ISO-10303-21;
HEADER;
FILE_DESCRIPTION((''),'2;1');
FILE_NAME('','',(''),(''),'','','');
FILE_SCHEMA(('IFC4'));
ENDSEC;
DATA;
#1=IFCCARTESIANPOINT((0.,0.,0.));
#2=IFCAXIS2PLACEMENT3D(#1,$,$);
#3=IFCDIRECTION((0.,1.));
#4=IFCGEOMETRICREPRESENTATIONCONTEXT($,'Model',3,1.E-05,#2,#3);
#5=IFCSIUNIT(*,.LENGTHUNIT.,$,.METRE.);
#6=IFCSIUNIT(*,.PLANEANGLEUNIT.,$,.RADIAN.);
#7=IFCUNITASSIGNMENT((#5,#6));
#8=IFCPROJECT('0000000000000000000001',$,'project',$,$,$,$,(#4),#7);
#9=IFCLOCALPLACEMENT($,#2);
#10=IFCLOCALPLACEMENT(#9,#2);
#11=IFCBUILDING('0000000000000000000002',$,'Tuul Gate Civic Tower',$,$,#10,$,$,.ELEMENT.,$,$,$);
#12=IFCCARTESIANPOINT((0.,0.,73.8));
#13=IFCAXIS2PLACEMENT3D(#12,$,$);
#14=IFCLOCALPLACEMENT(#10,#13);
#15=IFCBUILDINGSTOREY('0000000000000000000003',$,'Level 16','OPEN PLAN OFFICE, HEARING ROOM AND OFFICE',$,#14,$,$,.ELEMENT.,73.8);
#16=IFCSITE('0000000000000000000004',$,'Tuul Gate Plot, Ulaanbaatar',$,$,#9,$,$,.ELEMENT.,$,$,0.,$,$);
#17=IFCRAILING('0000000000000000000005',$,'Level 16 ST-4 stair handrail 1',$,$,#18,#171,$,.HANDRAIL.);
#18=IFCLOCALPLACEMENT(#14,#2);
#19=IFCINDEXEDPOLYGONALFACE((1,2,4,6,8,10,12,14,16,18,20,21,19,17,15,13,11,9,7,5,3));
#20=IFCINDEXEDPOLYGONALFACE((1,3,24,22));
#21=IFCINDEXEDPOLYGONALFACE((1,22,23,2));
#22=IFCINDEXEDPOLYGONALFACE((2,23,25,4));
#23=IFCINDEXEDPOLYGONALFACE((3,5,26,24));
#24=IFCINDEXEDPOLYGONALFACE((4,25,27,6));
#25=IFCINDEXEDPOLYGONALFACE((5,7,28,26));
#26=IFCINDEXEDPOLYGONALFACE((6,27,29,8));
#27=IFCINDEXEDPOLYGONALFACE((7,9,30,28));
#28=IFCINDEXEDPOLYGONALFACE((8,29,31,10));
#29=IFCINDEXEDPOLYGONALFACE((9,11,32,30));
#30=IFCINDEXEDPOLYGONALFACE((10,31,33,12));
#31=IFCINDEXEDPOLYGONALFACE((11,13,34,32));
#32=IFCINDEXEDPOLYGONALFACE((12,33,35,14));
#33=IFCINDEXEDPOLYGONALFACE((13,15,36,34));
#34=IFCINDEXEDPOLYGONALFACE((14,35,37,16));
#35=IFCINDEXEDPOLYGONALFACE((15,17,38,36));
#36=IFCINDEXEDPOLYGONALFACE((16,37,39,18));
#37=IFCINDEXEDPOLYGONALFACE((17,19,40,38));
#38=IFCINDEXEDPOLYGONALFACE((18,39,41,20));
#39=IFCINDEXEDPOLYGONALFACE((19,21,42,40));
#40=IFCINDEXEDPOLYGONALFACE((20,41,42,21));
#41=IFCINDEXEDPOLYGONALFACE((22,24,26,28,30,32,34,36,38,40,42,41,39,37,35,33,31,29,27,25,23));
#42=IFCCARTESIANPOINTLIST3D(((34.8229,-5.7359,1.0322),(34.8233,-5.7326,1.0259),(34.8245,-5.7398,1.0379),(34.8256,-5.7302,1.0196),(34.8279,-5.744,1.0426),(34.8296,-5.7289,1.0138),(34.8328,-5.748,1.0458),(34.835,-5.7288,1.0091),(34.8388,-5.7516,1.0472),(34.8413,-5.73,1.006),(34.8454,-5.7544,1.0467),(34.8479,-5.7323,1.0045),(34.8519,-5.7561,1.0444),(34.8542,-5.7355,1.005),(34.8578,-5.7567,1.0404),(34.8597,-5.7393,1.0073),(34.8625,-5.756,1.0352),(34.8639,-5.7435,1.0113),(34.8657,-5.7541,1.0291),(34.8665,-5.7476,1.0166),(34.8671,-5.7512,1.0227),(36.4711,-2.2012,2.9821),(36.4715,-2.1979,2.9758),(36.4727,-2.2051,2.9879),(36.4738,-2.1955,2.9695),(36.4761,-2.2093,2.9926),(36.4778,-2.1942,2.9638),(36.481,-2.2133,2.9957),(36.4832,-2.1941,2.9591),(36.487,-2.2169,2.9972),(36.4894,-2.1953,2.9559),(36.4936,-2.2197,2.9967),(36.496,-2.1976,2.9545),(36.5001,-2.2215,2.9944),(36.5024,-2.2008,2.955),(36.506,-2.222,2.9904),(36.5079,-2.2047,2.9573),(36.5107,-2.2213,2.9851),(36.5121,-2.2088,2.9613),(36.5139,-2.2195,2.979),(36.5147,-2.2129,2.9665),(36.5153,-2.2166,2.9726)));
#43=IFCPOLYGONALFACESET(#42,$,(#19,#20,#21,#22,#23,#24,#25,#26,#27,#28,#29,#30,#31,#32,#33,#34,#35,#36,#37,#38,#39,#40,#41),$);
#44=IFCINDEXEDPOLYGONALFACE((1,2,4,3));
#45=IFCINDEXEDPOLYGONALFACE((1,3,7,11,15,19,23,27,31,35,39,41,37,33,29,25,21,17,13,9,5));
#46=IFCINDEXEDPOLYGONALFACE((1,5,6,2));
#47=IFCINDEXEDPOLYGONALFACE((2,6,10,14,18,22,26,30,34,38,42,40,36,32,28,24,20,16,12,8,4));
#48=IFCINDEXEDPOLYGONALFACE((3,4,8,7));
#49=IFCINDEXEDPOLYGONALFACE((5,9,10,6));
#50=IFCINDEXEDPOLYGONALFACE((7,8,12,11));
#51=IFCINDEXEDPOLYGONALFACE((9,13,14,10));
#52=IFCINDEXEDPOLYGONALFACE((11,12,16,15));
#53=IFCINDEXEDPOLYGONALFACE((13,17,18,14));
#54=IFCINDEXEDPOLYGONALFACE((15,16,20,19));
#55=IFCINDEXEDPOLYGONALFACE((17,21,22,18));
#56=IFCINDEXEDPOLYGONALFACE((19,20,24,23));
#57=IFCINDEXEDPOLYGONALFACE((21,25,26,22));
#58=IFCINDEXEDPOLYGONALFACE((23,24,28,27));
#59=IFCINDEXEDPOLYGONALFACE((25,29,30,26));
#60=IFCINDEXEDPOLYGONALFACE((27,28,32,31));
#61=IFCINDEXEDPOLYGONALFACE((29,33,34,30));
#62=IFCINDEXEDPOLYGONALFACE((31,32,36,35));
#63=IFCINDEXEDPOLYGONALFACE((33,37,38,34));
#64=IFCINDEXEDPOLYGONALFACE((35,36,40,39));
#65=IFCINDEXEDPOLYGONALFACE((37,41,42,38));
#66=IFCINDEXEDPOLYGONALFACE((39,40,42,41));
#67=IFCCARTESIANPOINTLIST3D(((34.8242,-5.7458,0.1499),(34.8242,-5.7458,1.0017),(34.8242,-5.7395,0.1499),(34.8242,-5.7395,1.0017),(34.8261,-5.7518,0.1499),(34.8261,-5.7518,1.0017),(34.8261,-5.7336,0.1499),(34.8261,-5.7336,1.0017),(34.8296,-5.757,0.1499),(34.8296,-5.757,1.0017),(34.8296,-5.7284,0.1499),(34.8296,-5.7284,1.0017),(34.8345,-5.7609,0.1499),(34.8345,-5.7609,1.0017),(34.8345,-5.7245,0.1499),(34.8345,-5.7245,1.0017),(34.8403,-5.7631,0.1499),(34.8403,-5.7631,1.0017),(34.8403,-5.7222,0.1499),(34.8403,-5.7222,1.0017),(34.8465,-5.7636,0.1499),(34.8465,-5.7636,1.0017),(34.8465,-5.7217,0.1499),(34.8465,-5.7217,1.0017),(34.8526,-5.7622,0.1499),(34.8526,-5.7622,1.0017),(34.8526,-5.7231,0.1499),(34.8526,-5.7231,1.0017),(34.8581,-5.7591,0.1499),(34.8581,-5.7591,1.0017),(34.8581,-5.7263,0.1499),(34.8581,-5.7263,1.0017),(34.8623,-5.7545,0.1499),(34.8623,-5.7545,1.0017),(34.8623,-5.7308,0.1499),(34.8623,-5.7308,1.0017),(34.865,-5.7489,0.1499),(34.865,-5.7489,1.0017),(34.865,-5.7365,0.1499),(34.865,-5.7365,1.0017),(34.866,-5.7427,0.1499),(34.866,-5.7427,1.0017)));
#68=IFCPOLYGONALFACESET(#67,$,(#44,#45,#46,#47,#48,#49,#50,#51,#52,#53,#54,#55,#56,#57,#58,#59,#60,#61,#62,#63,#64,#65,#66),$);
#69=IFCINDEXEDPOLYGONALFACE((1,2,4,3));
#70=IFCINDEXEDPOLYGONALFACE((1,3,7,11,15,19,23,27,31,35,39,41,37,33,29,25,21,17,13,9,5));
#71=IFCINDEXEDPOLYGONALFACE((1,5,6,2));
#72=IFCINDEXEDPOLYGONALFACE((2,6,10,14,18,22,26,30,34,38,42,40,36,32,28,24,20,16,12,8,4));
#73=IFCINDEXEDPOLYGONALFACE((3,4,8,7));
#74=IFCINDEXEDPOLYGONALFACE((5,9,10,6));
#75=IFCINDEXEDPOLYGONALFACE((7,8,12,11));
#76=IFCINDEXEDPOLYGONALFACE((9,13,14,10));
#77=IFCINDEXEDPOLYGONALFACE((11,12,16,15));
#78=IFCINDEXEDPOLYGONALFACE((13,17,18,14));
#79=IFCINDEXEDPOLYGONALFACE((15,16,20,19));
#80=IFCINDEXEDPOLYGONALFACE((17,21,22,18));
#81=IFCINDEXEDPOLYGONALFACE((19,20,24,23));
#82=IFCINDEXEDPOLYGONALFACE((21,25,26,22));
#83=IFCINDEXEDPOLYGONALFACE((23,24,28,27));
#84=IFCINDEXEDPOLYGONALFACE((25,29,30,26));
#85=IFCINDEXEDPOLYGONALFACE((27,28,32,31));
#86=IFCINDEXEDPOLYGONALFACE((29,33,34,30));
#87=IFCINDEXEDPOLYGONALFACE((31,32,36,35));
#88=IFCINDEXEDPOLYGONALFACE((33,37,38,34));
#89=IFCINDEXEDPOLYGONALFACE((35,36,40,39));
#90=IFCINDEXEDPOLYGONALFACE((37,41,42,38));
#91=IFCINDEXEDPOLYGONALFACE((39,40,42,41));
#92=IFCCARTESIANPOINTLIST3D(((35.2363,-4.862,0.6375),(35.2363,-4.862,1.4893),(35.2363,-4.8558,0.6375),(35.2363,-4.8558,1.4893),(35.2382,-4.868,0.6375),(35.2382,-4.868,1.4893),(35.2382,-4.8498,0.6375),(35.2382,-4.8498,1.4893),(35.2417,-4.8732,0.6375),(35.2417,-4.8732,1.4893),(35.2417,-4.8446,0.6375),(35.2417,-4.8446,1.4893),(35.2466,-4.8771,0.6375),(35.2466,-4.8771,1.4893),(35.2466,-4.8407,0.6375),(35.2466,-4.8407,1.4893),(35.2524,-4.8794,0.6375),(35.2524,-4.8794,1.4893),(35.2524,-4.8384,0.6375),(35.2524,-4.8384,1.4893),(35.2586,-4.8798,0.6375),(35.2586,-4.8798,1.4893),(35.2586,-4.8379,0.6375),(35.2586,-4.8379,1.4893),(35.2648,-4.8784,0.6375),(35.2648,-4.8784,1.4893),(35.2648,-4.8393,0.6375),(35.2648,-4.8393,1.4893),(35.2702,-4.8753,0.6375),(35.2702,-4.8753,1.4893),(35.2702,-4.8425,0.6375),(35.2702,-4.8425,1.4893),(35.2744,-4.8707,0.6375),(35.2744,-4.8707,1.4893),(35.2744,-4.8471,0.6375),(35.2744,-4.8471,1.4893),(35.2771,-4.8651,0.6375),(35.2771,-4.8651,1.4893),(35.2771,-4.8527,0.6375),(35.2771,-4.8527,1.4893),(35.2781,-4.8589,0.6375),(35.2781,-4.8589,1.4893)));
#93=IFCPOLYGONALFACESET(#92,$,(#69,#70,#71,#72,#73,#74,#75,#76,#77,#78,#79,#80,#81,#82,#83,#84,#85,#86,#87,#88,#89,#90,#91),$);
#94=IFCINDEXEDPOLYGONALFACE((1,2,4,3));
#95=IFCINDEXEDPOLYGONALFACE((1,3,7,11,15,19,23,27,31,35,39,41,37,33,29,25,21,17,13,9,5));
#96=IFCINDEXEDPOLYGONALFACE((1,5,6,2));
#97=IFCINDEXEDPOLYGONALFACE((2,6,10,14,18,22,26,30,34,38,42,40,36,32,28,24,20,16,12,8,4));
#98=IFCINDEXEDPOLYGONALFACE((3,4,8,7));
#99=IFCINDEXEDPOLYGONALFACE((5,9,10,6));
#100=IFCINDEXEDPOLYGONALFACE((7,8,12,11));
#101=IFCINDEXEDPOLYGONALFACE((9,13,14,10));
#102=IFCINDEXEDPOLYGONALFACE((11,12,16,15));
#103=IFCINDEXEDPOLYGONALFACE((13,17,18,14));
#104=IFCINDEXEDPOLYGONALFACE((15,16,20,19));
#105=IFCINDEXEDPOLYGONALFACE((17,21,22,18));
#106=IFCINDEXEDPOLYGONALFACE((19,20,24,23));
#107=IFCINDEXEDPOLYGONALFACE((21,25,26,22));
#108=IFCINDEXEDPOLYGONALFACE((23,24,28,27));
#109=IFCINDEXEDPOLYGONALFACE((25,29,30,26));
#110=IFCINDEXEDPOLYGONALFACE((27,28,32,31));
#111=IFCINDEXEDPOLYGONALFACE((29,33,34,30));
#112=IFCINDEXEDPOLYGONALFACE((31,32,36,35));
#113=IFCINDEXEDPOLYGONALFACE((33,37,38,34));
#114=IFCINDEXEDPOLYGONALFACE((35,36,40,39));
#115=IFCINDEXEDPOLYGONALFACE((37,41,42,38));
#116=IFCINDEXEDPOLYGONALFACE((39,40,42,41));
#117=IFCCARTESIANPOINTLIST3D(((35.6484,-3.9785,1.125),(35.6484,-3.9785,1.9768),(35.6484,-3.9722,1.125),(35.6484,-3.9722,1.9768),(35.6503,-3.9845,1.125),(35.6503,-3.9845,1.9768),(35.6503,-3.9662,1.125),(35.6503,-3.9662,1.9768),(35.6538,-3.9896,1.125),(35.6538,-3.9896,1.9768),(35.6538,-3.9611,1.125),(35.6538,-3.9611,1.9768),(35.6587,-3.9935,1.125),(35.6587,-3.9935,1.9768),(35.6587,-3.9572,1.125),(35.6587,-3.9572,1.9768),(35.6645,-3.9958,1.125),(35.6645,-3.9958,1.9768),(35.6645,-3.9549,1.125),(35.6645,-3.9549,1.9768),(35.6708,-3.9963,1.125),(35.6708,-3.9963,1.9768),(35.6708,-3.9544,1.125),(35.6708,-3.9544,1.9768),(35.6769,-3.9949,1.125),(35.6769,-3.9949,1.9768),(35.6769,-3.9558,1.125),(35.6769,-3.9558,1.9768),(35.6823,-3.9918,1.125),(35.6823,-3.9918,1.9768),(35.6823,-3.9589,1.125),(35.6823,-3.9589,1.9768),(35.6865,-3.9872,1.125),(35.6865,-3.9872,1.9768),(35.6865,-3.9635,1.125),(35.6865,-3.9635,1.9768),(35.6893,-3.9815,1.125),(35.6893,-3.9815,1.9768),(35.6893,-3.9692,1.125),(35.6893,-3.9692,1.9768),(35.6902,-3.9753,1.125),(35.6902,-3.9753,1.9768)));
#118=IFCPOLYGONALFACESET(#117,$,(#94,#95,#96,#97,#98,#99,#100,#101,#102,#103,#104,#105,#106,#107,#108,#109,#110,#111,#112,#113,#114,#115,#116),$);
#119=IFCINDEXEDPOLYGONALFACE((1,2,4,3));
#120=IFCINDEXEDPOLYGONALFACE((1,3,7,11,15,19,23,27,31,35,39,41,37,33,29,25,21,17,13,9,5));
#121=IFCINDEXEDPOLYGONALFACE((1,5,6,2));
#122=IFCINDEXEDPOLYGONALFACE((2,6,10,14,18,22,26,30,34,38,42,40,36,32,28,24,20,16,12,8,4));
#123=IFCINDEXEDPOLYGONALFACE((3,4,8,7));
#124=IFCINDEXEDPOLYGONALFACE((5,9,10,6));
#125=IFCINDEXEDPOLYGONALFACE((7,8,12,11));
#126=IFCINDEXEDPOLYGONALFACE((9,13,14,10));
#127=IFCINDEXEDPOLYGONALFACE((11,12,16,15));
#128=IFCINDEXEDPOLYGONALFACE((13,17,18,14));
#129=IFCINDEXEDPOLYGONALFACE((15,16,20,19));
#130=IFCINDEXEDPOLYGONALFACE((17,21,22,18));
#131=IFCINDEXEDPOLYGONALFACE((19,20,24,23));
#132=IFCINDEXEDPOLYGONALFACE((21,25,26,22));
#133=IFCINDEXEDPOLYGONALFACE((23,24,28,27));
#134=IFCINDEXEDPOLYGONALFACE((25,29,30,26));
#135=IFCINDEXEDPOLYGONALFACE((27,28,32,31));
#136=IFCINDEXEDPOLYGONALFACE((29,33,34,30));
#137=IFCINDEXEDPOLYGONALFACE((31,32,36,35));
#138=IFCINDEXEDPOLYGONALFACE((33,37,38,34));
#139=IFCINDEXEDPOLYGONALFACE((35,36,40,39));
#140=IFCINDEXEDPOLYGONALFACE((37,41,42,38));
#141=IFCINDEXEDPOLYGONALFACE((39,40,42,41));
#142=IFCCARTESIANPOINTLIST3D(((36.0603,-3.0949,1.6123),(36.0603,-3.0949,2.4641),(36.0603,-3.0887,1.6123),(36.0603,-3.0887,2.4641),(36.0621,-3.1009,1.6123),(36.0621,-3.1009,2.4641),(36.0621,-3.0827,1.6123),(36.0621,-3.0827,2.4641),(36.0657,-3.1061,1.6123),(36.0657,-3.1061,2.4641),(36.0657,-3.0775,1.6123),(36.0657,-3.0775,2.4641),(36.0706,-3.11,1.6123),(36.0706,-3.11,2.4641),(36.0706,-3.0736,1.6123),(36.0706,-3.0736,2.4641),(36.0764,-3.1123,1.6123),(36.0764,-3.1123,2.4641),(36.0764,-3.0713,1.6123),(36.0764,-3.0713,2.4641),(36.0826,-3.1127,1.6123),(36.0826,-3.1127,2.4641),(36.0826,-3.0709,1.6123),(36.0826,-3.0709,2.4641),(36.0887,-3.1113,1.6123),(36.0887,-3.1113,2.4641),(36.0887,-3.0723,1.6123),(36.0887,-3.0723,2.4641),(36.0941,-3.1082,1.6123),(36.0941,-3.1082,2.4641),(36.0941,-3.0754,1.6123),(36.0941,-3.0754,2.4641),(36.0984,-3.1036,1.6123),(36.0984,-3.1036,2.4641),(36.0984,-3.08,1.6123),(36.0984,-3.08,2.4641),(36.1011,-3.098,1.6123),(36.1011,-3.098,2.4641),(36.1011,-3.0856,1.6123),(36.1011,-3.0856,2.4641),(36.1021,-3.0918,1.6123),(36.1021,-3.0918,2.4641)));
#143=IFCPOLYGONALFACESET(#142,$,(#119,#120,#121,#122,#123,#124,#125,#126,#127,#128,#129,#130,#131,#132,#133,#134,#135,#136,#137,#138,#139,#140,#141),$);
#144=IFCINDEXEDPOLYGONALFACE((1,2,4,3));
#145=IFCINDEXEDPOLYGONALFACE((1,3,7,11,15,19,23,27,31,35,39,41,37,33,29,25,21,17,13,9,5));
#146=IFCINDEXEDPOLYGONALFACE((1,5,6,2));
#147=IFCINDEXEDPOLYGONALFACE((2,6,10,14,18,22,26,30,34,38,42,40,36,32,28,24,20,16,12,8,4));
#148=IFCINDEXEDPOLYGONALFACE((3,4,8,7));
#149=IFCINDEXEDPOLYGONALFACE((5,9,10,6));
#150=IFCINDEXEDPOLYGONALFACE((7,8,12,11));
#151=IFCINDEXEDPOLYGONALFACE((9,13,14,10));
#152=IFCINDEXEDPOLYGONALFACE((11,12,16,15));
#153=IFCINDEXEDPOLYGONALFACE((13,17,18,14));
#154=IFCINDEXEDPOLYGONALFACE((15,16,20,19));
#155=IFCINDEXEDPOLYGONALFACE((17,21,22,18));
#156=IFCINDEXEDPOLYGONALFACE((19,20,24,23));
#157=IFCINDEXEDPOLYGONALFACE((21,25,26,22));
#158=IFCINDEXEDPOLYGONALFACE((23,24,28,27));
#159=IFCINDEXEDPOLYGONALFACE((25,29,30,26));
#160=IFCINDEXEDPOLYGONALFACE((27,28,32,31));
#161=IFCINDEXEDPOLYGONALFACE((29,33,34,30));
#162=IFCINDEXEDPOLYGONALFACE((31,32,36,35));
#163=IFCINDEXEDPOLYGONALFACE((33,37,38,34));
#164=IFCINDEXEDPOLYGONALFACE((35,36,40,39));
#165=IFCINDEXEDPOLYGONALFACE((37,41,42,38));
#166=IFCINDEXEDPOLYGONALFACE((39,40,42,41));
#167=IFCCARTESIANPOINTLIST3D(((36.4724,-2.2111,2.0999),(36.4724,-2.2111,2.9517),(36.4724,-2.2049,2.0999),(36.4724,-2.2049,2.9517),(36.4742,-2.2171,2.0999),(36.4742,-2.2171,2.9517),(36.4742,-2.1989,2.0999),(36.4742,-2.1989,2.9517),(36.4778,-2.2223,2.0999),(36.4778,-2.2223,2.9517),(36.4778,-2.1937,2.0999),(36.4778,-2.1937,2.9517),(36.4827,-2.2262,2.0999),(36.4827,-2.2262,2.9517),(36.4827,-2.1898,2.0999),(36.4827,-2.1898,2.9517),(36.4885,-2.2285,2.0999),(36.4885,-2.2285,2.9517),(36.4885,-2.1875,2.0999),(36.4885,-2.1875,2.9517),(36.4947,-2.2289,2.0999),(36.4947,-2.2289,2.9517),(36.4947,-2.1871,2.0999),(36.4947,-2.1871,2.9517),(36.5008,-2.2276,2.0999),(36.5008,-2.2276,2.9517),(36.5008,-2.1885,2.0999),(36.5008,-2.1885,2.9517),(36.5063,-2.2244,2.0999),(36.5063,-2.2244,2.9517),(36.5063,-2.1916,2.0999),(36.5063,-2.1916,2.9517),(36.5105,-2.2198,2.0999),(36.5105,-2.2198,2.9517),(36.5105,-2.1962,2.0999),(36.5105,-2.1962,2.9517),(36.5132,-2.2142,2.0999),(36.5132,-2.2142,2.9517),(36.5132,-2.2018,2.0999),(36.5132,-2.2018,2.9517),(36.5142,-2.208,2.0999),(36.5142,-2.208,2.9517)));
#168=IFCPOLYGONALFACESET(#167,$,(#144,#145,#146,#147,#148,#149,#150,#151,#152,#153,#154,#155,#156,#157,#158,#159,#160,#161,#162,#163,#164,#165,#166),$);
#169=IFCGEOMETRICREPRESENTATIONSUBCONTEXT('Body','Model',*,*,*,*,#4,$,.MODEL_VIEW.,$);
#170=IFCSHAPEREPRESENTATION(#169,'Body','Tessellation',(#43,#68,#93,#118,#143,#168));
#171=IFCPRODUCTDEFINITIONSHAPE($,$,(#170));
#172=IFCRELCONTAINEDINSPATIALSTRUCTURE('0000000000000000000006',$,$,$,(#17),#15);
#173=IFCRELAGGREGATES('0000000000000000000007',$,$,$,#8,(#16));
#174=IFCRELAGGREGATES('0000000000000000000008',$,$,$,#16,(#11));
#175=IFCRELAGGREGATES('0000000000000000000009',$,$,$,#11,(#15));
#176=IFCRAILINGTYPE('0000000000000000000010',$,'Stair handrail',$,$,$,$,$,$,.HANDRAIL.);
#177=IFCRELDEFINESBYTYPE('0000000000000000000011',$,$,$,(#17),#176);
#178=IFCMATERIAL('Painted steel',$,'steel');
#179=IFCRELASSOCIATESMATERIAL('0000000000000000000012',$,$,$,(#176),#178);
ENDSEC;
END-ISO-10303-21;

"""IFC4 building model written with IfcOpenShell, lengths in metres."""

from ifc_helpers import new_model, si_unit, direction, frame, origin, origin_2d, place, context, subcontext, project, spatial, circle, extrude, material, type_object, element, save


model = new_model("IFC4")

# Units and contexts
model_context = context("Model", 3, precision=1e-05, world=origin(), true_north=direction((0.0, 1.0)))
body_context = subcontext(model_context, "Body", "Model", "MODEL_VIEW")
ifc_project = project(units=[si_unit("LENGTHUNIT", "METRE"), si_unit("PLANEANGLEUNIT", "RADIAN")], contexts=[model_context])

# Site, building, storey
site_placement = place(None, origin())
site = spatial("IfcSite", under=ifc_project, at=site_placement, Name="Tuul Gate Plot, Ulaanbaatar", CompositionType="ELEMENT", RefElevation=0.0)
building_placement = place(site_placement, origin())
building = spatial("IfcBuilding", under=site, at=building_placement, Name="Tuul Gate Civic Tower", CompositionType="ELEMENT")
storey_placement = place(building_placement, frame((0.0, 0.0, 73.8)))
storey = spatial("IfcBuildingStorey", under=building, at=storey_placement, Name="Level 16", Description="OPEN PLAN OFFICE, HEARING ROOM AND OFFICE", CompositionType="ELEMENT", Elevation=73.8)

# Railing
ifc_material_1 = material(Name="Painted steel", Category="steel")
railing_type_1 = type_object("IfcRailingType", Name="Stair handrail", PredefinedType="HANDRAIL", material=ifc_material_1)
railing_1_placement = place(storey_placement, frame((34.845, -5.7427, 0.1499)))
element("IfcRailing", 1, at=railing_1_placement, inside=storey, type_object=railing_type_1, Name="Level 16 ST-4 stair handrail 1", PredefinedType="HANDRAIL", context=body_context, shape_type="SweptSolid", body=[
    extrude(circle(Radius=0.0239, at=origin_2d()), frame((0.0, 0.0, 0.876), z_axis=(0.377995, 0.810637, 0.4472), x_axis=(-0.906313, 0.422608, 0.0)), (0.0, 0.0, 1.0), 4.3604),
    extrude(circle(Radius=0.021, at=origin_2d()), origin(), (0.0, 0.0, 1.0), 0.8518),
    extrude(circle(Radius=0.021, at=origin_2d()), frame((0.4121, 0.8838, 0.4875)), (0.0, 0.0, 1.0), 0.8518),
    extrude(circle(Radius=0.021, at=origin_2d()), frame((0.8242, 1.7673, 0.9751)), (0.0, 0.0, 1.0), 0.8518),
    extrude(circle(Radius=0.021, at=origin_2d()), frame((1.2361, 2.6509, 1.4624)), (0.0, 0.0, 1.0), 0.8518),
    extrude(circle(Radius=0.021, at=origin_2d()), frame((1.6482, 3.5347, 1.95)), (0.0, 0.0, 1.0), 0.8518),
])

save(model, "model.ifc")
